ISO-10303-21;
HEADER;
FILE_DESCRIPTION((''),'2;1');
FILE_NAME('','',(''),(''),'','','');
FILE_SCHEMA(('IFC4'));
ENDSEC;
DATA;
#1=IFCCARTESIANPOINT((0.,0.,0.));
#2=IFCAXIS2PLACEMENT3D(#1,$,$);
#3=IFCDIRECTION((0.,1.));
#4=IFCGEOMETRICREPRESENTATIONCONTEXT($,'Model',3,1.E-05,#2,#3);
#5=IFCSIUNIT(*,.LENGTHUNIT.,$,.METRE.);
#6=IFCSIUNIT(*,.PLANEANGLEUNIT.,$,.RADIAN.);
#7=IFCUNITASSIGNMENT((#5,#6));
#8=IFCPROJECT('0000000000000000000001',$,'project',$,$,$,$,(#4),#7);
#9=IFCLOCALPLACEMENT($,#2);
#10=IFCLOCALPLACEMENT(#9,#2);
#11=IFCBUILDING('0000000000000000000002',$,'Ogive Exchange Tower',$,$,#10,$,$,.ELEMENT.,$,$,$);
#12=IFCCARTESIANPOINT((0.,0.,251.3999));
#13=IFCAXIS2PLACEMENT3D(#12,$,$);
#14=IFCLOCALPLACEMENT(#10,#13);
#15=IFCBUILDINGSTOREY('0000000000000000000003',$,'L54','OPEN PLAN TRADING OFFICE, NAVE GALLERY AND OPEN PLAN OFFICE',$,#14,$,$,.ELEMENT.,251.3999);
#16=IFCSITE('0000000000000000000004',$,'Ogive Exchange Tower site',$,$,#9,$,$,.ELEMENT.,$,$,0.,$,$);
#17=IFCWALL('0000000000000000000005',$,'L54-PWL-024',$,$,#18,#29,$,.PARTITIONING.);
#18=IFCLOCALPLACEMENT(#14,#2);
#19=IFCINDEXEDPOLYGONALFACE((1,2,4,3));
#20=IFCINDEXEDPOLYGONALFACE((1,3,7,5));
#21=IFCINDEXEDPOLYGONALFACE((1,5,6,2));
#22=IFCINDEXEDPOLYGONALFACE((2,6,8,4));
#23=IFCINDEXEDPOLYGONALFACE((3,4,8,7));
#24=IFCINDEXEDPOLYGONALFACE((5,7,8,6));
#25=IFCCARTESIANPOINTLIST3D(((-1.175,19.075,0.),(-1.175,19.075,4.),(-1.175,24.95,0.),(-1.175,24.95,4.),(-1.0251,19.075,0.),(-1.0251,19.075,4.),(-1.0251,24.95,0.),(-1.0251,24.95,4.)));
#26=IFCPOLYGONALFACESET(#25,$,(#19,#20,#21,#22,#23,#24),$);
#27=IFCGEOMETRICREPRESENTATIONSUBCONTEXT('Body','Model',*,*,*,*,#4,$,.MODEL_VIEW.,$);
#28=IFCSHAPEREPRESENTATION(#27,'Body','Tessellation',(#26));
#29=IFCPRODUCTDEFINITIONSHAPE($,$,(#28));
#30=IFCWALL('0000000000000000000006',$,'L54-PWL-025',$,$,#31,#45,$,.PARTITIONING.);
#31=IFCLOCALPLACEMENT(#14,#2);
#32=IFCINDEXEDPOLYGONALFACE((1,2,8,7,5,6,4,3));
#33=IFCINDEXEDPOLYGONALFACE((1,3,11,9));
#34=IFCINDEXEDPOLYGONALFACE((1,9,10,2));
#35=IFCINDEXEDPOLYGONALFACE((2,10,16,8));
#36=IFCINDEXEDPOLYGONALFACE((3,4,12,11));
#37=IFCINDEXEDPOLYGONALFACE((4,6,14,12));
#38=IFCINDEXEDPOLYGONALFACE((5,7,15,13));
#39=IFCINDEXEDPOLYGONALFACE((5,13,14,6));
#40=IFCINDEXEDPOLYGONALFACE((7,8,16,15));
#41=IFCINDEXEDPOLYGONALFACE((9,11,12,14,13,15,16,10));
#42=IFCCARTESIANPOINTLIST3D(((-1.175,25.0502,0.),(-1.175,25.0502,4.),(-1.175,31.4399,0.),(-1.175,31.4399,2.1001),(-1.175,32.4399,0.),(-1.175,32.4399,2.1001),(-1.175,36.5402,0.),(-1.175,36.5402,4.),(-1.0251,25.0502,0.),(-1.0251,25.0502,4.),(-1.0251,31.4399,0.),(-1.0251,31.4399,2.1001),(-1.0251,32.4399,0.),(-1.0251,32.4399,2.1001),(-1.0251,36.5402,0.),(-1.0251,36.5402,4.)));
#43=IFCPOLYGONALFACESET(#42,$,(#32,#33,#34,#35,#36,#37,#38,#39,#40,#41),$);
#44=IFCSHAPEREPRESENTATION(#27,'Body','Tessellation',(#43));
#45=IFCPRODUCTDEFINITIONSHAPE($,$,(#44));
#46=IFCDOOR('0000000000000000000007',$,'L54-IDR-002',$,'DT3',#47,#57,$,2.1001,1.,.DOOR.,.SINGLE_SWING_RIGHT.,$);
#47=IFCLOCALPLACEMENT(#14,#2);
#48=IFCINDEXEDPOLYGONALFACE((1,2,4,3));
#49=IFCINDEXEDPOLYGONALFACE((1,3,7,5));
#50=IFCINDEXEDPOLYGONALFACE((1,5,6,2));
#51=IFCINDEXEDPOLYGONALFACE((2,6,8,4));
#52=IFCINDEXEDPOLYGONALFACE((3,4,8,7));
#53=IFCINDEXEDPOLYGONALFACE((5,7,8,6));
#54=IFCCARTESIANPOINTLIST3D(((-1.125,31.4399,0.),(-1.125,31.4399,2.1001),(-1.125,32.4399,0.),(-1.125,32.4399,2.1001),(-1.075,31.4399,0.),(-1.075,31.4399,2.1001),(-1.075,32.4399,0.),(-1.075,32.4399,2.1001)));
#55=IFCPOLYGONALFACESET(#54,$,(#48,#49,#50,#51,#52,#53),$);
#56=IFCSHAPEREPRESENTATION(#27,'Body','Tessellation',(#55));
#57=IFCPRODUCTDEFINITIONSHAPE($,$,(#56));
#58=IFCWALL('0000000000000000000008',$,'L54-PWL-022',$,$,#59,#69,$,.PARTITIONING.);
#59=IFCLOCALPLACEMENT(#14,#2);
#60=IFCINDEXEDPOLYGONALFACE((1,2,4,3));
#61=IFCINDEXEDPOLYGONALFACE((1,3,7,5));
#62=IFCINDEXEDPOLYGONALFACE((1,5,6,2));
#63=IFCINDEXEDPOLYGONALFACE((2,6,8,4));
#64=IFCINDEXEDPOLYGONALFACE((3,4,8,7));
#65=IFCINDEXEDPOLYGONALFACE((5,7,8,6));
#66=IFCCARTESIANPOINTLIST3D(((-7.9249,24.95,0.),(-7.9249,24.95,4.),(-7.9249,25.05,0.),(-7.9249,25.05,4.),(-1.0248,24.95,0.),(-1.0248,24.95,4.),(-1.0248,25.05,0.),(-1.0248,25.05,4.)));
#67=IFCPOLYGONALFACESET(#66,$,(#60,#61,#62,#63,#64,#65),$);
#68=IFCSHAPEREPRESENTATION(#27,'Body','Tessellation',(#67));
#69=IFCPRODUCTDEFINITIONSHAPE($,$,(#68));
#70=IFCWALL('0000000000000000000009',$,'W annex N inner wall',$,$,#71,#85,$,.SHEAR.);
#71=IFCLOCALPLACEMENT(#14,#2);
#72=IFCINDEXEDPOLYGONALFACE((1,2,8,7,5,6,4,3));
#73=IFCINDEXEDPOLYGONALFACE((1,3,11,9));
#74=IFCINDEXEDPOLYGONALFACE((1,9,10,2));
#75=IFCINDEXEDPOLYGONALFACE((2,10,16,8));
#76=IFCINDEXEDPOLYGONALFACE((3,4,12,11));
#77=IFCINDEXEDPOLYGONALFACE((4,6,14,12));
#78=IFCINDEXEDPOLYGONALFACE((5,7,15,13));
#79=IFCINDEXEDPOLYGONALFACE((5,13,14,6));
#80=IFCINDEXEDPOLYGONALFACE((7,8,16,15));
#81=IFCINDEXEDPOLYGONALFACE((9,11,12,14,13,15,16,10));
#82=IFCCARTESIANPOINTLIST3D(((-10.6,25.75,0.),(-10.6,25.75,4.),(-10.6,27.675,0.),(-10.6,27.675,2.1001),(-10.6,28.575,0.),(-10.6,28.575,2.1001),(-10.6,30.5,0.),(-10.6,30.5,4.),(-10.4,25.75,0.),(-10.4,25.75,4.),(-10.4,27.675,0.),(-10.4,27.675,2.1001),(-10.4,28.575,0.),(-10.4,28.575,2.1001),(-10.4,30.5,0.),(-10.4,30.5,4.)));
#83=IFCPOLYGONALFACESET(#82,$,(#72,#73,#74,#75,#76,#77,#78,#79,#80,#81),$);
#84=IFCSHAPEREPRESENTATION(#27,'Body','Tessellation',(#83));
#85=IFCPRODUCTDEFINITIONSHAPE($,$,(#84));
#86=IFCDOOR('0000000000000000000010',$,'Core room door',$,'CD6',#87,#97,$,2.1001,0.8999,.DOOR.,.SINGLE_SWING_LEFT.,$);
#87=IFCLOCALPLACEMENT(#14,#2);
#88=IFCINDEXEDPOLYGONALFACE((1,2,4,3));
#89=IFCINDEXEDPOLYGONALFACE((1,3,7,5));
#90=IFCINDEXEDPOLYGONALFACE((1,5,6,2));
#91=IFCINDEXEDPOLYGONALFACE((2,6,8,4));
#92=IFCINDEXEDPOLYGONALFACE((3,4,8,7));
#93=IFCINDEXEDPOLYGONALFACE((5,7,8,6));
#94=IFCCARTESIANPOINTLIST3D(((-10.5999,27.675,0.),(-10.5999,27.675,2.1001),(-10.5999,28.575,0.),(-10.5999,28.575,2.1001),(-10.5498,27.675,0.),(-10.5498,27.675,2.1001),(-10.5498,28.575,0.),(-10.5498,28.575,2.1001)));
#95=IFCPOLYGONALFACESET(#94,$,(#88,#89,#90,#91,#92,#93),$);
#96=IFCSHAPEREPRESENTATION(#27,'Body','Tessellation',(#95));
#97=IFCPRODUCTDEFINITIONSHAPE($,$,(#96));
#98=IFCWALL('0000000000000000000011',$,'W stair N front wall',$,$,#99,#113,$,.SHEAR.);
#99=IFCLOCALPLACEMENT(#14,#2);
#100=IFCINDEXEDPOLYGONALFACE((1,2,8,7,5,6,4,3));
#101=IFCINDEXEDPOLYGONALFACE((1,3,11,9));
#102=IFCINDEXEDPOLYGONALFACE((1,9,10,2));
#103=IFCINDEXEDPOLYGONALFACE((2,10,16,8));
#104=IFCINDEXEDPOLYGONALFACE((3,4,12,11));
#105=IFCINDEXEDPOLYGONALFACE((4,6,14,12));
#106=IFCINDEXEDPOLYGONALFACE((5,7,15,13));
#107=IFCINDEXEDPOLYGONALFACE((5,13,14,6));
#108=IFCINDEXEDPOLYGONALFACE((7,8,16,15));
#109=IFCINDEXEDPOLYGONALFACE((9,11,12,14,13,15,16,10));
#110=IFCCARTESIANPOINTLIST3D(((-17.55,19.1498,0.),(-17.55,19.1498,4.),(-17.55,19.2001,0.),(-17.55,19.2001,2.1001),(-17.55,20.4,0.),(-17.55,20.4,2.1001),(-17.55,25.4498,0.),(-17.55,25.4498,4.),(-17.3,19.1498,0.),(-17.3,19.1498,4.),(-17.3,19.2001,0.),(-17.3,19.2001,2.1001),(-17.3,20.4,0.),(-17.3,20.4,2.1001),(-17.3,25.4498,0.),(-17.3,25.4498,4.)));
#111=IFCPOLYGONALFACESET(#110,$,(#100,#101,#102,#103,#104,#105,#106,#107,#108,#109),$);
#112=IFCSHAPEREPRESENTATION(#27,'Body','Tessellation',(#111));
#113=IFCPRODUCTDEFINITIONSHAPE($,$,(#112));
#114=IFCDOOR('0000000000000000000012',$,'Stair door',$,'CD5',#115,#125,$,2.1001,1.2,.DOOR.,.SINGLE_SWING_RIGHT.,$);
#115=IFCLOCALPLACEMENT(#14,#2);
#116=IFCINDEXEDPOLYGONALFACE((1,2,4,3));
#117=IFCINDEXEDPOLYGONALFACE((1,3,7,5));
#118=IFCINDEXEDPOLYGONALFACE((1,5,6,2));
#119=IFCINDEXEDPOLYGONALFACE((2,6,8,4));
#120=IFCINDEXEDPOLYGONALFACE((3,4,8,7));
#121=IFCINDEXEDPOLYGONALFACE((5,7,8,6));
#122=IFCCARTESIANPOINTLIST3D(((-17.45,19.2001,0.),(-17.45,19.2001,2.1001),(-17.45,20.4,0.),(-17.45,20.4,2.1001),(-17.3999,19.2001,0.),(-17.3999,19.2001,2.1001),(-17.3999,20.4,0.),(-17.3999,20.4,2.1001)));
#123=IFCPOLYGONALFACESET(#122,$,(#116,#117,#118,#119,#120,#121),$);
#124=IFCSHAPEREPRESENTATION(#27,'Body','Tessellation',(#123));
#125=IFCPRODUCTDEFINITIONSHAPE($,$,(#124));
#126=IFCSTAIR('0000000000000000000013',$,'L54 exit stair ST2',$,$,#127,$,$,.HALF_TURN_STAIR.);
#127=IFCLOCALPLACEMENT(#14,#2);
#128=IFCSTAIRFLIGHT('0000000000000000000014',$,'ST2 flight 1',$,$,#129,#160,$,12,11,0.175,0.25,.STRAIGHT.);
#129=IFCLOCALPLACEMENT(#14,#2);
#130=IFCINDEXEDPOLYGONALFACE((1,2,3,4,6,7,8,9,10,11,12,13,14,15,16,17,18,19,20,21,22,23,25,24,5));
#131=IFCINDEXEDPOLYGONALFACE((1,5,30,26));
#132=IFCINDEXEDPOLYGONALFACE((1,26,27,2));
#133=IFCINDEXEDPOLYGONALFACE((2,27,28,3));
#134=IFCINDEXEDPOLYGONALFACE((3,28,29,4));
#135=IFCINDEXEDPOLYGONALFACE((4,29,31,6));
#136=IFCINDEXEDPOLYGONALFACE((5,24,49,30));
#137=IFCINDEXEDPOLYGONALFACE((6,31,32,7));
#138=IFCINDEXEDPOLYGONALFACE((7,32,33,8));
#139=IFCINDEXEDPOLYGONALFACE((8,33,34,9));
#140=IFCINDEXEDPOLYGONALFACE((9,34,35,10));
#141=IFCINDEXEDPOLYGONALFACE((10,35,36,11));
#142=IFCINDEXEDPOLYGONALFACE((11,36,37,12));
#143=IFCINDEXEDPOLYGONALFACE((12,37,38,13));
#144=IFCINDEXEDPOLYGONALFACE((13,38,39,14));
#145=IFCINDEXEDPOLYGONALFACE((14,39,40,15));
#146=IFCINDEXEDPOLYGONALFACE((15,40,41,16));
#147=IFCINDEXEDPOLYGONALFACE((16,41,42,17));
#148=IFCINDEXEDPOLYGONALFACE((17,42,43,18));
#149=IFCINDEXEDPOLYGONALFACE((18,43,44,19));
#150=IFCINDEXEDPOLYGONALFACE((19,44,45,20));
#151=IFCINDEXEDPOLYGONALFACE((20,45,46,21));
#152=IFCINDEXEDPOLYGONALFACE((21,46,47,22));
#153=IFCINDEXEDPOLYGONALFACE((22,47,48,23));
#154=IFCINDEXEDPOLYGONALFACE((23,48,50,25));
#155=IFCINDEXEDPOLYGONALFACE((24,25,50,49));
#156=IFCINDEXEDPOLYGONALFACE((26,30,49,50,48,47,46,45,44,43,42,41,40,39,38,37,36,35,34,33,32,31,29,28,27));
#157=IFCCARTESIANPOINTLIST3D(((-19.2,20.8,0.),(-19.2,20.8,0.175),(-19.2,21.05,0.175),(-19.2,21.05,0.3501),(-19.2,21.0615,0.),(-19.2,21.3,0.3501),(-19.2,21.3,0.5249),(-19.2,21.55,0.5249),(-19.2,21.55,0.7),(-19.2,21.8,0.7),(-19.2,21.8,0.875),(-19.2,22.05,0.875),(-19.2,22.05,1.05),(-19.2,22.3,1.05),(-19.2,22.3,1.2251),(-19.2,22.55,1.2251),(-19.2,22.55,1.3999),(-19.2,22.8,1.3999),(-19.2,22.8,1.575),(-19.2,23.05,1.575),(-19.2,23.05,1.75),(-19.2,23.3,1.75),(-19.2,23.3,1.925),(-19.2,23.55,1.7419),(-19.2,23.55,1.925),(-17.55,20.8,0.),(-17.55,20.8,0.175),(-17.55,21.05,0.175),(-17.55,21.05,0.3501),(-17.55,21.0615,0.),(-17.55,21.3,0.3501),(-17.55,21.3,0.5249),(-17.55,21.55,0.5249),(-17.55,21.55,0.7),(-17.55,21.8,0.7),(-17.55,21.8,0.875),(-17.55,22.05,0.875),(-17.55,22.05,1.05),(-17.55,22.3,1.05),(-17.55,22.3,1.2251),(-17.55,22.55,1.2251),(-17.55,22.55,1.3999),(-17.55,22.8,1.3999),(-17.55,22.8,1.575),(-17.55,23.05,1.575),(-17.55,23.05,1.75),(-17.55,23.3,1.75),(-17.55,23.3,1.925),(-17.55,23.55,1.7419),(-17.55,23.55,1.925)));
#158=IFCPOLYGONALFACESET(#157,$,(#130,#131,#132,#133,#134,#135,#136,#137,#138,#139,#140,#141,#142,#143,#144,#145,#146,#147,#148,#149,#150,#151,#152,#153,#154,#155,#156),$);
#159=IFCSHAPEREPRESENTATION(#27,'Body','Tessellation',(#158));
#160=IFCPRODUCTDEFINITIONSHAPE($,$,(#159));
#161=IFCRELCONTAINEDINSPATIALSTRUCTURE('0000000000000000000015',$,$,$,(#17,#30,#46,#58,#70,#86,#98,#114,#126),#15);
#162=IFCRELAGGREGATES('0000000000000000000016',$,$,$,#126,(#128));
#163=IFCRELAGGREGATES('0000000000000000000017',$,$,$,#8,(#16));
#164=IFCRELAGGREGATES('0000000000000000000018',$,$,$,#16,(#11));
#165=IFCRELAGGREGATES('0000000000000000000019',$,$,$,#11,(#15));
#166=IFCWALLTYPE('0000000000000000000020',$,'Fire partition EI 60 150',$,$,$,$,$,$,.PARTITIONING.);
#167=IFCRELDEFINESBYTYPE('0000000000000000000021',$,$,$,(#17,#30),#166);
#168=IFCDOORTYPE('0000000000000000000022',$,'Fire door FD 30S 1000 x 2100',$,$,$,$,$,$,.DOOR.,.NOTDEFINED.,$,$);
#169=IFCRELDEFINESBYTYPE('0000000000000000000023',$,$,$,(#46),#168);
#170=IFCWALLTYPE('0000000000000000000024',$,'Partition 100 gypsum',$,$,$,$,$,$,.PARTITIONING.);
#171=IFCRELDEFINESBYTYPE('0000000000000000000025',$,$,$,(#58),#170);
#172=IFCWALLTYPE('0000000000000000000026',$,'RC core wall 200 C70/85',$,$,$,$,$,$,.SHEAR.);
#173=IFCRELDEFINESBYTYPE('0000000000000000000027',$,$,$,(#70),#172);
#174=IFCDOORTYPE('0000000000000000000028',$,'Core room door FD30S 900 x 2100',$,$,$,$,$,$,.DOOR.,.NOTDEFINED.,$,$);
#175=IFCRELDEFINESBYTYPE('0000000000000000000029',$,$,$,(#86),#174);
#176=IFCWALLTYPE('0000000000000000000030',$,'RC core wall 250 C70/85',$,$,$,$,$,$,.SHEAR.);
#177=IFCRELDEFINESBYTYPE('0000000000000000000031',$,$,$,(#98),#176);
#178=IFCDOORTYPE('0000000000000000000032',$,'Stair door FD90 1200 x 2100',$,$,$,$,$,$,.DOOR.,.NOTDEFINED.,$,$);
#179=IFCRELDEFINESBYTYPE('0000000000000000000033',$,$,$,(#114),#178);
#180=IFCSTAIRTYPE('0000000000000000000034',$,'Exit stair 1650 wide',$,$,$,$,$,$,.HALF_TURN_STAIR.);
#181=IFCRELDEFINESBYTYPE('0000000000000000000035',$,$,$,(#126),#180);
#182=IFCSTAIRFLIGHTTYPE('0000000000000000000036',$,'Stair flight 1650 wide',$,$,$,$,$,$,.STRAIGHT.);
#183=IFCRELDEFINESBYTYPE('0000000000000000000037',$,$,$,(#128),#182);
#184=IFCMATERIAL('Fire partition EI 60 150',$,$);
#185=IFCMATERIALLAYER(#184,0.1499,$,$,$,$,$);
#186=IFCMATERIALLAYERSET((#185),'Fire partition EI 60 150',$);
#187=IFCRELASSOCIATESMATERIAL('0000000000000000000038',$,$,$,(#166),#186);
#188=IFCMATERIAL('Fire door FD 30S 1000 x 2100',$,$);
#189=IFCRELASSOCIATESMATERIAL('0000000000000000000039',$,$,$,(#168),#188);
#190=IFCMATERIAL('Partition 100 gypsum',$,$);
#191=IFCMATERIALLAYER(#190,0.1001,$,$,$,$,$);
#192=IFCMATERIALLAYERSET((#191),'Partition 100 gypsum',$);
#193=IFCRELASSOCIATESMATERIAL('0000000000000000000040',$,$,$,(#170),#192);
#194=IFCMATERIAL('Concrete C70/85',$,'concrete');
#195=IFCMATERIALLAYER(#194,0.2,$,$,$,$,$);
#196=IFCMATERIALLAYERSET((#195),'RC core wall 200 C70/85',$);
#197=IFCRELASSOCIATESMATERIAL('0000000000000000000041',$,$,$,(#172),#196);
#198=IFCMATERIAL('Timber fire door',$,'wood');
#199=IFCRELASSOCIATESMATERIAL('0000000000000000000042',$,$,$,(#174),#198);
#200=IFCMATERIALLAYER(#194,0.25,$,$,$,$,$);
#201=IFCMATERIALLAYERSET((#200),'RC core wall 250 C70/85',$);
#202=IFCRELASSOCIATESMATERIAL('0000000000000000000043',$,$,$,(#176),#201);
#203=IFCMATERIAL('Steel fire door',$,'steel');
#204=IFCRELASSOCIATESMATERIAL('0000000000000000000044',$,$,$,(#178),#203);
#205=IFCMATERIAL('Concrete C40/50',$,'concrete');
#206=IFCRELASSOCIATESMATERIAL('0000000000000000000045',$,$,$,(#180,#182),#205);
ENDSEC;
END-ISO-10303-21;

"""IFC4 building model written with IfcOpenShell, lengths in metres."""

from ifc_helpers import new_model, si_unit, direction, frame, frame_2d, origin, place, context, subcontext, project, spatial, polyline, rectangle, outline, extrude, material, layer, layer_set, type_object, element, fill, aggregate, save


model = new_model("IFC4")

# Units and contexts
model_context = context("Model", 3, precision=1e-05, world=origin(), true_north=direction((0.0, 1.0)))
body_context = subcontext(model_context, "Body", "Model", "MODEL_VIEW")
ifc_project = project(units=[si_unit("LENGTHUNIT", "METRE"), si_unit("PLANEANGLEUNIT", "RADIAN")], contexts=[model_context])

# Site, building, storey
site_placement = place(None, origin())
site = spatial("IfcSite", under=ifc_project, at=site_placement, Name="Ogive Exchange Tower site", CompositionType="ELEMENT", RefElevation=0.0)
building_placement = place(site_placement, origin())
building = spatial("IfcBuilding", under=site, at=building_placement, Name="Ogive Exchange Tower", CompositionType="ELEMENT")
storey_placement = place(building_placement, frame((0.0, 0.0, 251.3999)))
storey = spatial("IfcBuildingStorey", under=building, at=storey_placement, Name="L54", Description="OPEN PLAN TRADING OFFICE, NAVE GALLERY AND OPEN PLAN OFFICE", CompositionType="ELEMENT", Elevation=251.3999)

# Shared definitions
ifc_material_1 = material(Name="Fire partition EI 60 150")
ifc_layer_1 = layer(ifc_material_1, 0.1499)
ifc_layer_set_1 = layer_set([ifc_layer_1], Name="Fire partition EI 60 150")
wall_type_1 = type_object("IfcWallType", Name="Fire partition EI 60 150", PredefinedType="PARTITIONING", material=ifc_layer_set_1)
ifc_material_2 = material(Name="Fire door FD 30S 1000 x 2100")
door_type_1 = type_object("IfcDoorType", Name="Fire door FD 30S 1000 x 2100", OperationType="NOTDEFINED", PredefinedType="DOOR", material=ifc_material_2)

# Wall
wall_1_placement = place(storey_placement, frame((-1.1001, 19.075, 0.0), z_axis=(0.0, 0.0, 1.0), x_axis=(0.0, 1.0, 0.0)))
element("IfcWall", 1, at=wall_1_placement, inside=storey, type_object=wall_type_1, Name="L54-PWL-024", PredefinedType="PARTITIONING", context=body_context, shape_type="SweptSolid", body=[
    extrude(rectangle(XDim=5.875, YDim=0.1499, at=frame_2d((2.9375, 0.0))), origin(), (0.0, 0.0, 1.0), 4.0),
])

# Wall, opening, door
wall_2_placement = place(storey_placement, frame((-1.1001, 25.05, 0.0), z_axis=(0.0, 0.0, 1.0), x_axis=(0.0, 1.0, 0.0)))
wall_2 = element("IfcWall", 2, at=wall_2_placement, inside=storey, type_object=wall_type_1, Name="L54-PWL-025", PredefinedType="PARTITIONING", context=body_context, shape_type="SweptSolid", body=[
    extrude(rectangle(XDim=11.49, YDim=0.1499, at=frame_2d((5.7451, 0.0))), origin(), (0.0, 0.0, 1.0), 4.0),
])
opening_1_placement = place(wall_2_placement, frame((6.3899, 0.0, 0.0)))
opening_1 = element("IfcOpeningElement", 3, at=opening_1_placement, cuts=wall_2, PredefinedType="OPENING", context=body_context, shape_type="SweptSolid", body=[
    extrude(rectangle(XDim=1.0, YDim=2.1001, at=frame_2d((0.5, 1.05))), frame((0.0, 0.085, 0.0), z_axis=(0.0, -1.0, 0.0), x_axis=(1.0, 0.0, 0.0)), (0.0, 0.0, 1.0), 0.1699),
])
door_1_placement = place(opening_1_placement, origin())
door_1 = element("IfcDoor", 4, at=door_1_placement, inside=storey, type_object=door_type_1, Name="L54-IDR-002", ObjectType="DT3", OperationType="SINGLE_SWING_RIGHT", OverallHeight=2.1001, OverallWidth=1.0, PredefinedType="DOOR", context=body_context, shape_type="SweptSolid", body=[
    extrude(rectangle(XDim=1.0, YDim=2.1001, at=frame_2d((0.5, 1.05))), frame((0.0, 0.0249, 0.0), z_axis=(0.0, -1.0, 0.0), x_axis=(1.0, 0.0, 0.0)), (0.0, 0.0, 1.0), 0.05),
])
fill(opening_1, door_1)

# Wall
ifc_material_3 = material(Name="Partition 100 gypsum")
ifc_layer_2 = layer(ifc_material_3, 0.1001)
ifc_layer_set_2 = layer_set([ifc_layer_2], Name="Partition 100 gypsum")
wall_type_2 = type_object("IfcWallType", Name="Partition 100 gypsum", PredefinedType="PARTITIONING", material=ifc_layer_set_2)
wall_3_placement = place(storey_placement, frame((-7.925, 25.0, 0.0), z_axis=(0.0, 0.0, 1.0), x_axis=(1.0, 0.0, 0.0)))
element("IfcWall", 5, at=wall_3_placement, inside=storey, type_object=wall_type_2, Name="L54-PWL-022", PredefinedType="PARTITIONING", context=body_context, shape_type="SweptSolid", body=[
    extrude(rectangle(XDim=6.9001, YDim=0.1001, at=frame_2d((3.4502, 0.0))), origin(), (0.0, 0.0, 1.0), 4.0),
])

# Walls, openings, doors
ifc_material_4 = material(Name="Concrete C70/85", Category="concrete")
ifc_layer_3 = layer(ifc_material_4, 0.2)
ifc_layer_set_3 = layer_set([ifc_layer_3], Name="RC core wall 200 C70/85")
wall_type_3 = type_object("IfcWallType", Name="RC core wall 200 C70/85", PredefinedType="SHEAR", material=ifc_layer_set_3)
wall_4_placement = place(storey_placement, frame((-10.5, 25.75, 0.0), z_axis=(0.0, 0.0, 1.0), x_axis=(0.0, 1.0, 0.0)))
wall_4 = element("IfcWall", 6, at=wall_4_placement, inside=storey, type_object=wall_type_3, Name="W annex N inner wall", PredefinedType="SHEAR", context=body_context, shape_type="SweptSolid", body=[
    extrude(rectangle(XDim=4.75, YDim=0.2, at=frame_2d((2.375, 0.0))), origin(), (0.0, 0.0, 1.0), 4.0),
])
opening_2_placement = place(wall_4_placement, frame((1.925, 0.0, 0.0)))
opening_2 = element("IfcOpeningElement", 7, at=opening_2_placement, cuts=wall_4, PredefinedType="OPENING", context=body_context, shape_type="SweptSolid", body=[
    extrude(rectangle(XDim=0.8999, YDim=2.1001, at=frame_2d((0.45, 1.05))), frame((0.0, 0.1099, 0.0), z_axis=(0.0, -1.0, 0.0), x_axis=(1.0, 0.0, 0.0)), (0.0, 0.0, 1.0), 0.22),
])
ifc_material_5 = material(Name="Timber fire door", Category="wood")
door_type_2 = type_object("IfcDoorType", Name="Core room door FD30S 900 x 2100", OperationType="NOTDEFINED", PredefinedType="DOOR", material=ifc_material_5)
door_2_placement = place(opening_2_placement, frame((0.8999, 0.1499, 0.0), z_axis=(0.0, 0.0, 1.0), x_axis=(-1.0, 0.0, 0.0)))
door_2 = element("IfcDoor", 8, at=door_2_placement, inside=storey, type_object=door_type_2, Name="Core room door", ObjectType="CD6", OperationType="SINGLE_SWING_LEFT", OverallHeight=2.1001, OverallWidth=0.8999, PredefinedType="DOOR", context=body_context, shape_type="SweptSolid", body=[
    extrude(rectangle(XDim=0.8999, YDim=2.1001, at=frame_2d((0.45, 1.05))), frame((0.0, 0.1001, 0.0), z_axis=(0.0, -1.0, 0.0), x_axis=(1.0, 0.0, 0.0)), (0.0, 0.0, 1.0), 0.05),
])
fill(opening_2, door_2)
ifc_layer_4 = layer(ifc_material_4, 0.25)
ifc_layer_set_4 = layer_set([ifc_layer_4], Name="RC core wall 250 C70/85")
wall_type_4 = type_object("IfcWallType", Name="RC core wall 250 C70/85", PredefinedType="SHEAR", material=ifc_layer_set_4)
wall_5_placement = place(storey_placement, frame((-17.425, 19.1499, 0.0), z_axis=(0.0, 0.0, 1.0), x_axis=(0.0, 1.0, 0.0)))
wall_5 = element("IfcWall", 9, at=wall_5_placement, inside=storey, type_object=wall_type_4, Name="W stair N front wall", PredefinedType="SHEAR", context=body_context, shape_type="SweptSolid", body=[
    extrude(rectangle(XDim=6.3, YDim=0.25, at=frame_2d((3.1499, 0.0))), origin(), (0.0, 0.0, 1.0), 4.0),
])
opening_3_placement = place(wall_5_placement, frame((0.05, 0.0, 0.0)))
opening_3 = element("IfcOpeningElement", 10, at=opening_3_placement, cuts=wall_5, PredefinedType="OPENING", context=body_context, shape_type="SweptSolid", body=[
    extrude(rectangle(XDim=1.2, YDim=2.1001, at=frame_2d((0.6001, 1.05))), frame((0.0, 0.135, 0.0), z_axis=(0.0, -1.0, 0.0), x_axis=(1.0, 0.0, 0.0)), (0.0, 0.0, 1.0), 0.27),
])
ifc_material_6 = material(Name="Steel fire door", Category="steel")
door_type_3 = type_object("IfcDoorType", Name="Stair door FD90 1200 x 2100", OperationType="NOTDEFINED", PredefinedType="DOOR", material=ifc_material_6)
door_3_placement = place(opening_3_placement, origin())
door_3 = element("IfcDoor", 11, at=door_3_placement, inside=storey, type_object=door_type_3, Name="Stair door", ObjectType="CD5", OperationType="SINGLE_SWING_RIGHT", OverallHeight=2.1001, OverallWidth=1.2, PredefinedType="DOOR", context=body_context, shape_type="SweptSolid", body=[
    extrude(rectangle(XDim=1.2, YDim=2.1001, at=frame_2d((0.6001, 1.05))), frame((0.0, 0.0249, 0.0), z_axis=(0.0, -1.0, 0.0), x_axis=(1.0, 0.0, 0.0)), (0.0, 0.0, 1.0), 0.05),
])
fill(opening_3, door_3)

# Stair, stair flight
ifc_material_7 = material(Name="Concrete C40/50", Category="concrete")
stair_type = type_object("IfcStairType", Name="Exit stair 1650 wide", PredefinedType="HALF_TURN_STAIR", material=ifc_material_7)
stair_placement = place(storey_placement, origin())
stair = element("IfcStair", 12, at=stair_placement, inside=storey, type_object=stair_type, Name="L54 exit stair ST2", PredefinedType="HALF_TURN_STAIR")
stair_flight_type = type_object("IfcStairFlightType", Name="Stair flight 1650 wide", PredefinedType="STRAIGHT", material=ifc_material_7)
stair_flight_placement = place(storey_placement, frame((-18.375, 20.8, 0.0), z_axis=(0.0, 0.0, 1.0), x_axis=(0.0, 1.0, 0.0)))
stair_flight = element("IfcStairFlight", 13, at=stair_flight_placement, type_object=stair_flight_type, Name="ST2 flight 1", NumberOfRisers=12, NumberOfTreads=11, PredefinedType="STRAIGHT", RiserHeight=0.175, TreadLength=0.25, context=body_context, shape_type="SweptSolid", body=[
    extrude(outline(polyline([(0.0, 0.0), (0.0, 0.175), (0.25, 0.175), (0.25, 0.3501), (0.5, 0.3501), (0.5, 0.5249), (0.75, 0.5249), (0.75, 0.7), (1.0, 0.7), (1.0, 0.875), (1.25, 0.875), (1.25, 1.05), (1.5, 1.05), (1.5, 1.2251), (1.75, 1.2251), (1.75, 1.3999), (2.0, 1.3999), (2.0, 1.575), (2.25, 1.575), (2.25, 1.75), (2.5, 1.75), (2.5, 1.925), (2.75, 1.925), (2.75, 2.1001), (2.75, 1.7419), (0.2615, 0.0), (0.0, 0.0)])), frame((0.0, 0.825, 0.0), z_axis=(0.0, -1.0, 0.0), x_axis=(1.0, 0.0, 0.0)), (0.0, 0.0, 1.0), 1.6499),
])
aggregate(stair, [stair_flight])

save(model, "model.ifc")
